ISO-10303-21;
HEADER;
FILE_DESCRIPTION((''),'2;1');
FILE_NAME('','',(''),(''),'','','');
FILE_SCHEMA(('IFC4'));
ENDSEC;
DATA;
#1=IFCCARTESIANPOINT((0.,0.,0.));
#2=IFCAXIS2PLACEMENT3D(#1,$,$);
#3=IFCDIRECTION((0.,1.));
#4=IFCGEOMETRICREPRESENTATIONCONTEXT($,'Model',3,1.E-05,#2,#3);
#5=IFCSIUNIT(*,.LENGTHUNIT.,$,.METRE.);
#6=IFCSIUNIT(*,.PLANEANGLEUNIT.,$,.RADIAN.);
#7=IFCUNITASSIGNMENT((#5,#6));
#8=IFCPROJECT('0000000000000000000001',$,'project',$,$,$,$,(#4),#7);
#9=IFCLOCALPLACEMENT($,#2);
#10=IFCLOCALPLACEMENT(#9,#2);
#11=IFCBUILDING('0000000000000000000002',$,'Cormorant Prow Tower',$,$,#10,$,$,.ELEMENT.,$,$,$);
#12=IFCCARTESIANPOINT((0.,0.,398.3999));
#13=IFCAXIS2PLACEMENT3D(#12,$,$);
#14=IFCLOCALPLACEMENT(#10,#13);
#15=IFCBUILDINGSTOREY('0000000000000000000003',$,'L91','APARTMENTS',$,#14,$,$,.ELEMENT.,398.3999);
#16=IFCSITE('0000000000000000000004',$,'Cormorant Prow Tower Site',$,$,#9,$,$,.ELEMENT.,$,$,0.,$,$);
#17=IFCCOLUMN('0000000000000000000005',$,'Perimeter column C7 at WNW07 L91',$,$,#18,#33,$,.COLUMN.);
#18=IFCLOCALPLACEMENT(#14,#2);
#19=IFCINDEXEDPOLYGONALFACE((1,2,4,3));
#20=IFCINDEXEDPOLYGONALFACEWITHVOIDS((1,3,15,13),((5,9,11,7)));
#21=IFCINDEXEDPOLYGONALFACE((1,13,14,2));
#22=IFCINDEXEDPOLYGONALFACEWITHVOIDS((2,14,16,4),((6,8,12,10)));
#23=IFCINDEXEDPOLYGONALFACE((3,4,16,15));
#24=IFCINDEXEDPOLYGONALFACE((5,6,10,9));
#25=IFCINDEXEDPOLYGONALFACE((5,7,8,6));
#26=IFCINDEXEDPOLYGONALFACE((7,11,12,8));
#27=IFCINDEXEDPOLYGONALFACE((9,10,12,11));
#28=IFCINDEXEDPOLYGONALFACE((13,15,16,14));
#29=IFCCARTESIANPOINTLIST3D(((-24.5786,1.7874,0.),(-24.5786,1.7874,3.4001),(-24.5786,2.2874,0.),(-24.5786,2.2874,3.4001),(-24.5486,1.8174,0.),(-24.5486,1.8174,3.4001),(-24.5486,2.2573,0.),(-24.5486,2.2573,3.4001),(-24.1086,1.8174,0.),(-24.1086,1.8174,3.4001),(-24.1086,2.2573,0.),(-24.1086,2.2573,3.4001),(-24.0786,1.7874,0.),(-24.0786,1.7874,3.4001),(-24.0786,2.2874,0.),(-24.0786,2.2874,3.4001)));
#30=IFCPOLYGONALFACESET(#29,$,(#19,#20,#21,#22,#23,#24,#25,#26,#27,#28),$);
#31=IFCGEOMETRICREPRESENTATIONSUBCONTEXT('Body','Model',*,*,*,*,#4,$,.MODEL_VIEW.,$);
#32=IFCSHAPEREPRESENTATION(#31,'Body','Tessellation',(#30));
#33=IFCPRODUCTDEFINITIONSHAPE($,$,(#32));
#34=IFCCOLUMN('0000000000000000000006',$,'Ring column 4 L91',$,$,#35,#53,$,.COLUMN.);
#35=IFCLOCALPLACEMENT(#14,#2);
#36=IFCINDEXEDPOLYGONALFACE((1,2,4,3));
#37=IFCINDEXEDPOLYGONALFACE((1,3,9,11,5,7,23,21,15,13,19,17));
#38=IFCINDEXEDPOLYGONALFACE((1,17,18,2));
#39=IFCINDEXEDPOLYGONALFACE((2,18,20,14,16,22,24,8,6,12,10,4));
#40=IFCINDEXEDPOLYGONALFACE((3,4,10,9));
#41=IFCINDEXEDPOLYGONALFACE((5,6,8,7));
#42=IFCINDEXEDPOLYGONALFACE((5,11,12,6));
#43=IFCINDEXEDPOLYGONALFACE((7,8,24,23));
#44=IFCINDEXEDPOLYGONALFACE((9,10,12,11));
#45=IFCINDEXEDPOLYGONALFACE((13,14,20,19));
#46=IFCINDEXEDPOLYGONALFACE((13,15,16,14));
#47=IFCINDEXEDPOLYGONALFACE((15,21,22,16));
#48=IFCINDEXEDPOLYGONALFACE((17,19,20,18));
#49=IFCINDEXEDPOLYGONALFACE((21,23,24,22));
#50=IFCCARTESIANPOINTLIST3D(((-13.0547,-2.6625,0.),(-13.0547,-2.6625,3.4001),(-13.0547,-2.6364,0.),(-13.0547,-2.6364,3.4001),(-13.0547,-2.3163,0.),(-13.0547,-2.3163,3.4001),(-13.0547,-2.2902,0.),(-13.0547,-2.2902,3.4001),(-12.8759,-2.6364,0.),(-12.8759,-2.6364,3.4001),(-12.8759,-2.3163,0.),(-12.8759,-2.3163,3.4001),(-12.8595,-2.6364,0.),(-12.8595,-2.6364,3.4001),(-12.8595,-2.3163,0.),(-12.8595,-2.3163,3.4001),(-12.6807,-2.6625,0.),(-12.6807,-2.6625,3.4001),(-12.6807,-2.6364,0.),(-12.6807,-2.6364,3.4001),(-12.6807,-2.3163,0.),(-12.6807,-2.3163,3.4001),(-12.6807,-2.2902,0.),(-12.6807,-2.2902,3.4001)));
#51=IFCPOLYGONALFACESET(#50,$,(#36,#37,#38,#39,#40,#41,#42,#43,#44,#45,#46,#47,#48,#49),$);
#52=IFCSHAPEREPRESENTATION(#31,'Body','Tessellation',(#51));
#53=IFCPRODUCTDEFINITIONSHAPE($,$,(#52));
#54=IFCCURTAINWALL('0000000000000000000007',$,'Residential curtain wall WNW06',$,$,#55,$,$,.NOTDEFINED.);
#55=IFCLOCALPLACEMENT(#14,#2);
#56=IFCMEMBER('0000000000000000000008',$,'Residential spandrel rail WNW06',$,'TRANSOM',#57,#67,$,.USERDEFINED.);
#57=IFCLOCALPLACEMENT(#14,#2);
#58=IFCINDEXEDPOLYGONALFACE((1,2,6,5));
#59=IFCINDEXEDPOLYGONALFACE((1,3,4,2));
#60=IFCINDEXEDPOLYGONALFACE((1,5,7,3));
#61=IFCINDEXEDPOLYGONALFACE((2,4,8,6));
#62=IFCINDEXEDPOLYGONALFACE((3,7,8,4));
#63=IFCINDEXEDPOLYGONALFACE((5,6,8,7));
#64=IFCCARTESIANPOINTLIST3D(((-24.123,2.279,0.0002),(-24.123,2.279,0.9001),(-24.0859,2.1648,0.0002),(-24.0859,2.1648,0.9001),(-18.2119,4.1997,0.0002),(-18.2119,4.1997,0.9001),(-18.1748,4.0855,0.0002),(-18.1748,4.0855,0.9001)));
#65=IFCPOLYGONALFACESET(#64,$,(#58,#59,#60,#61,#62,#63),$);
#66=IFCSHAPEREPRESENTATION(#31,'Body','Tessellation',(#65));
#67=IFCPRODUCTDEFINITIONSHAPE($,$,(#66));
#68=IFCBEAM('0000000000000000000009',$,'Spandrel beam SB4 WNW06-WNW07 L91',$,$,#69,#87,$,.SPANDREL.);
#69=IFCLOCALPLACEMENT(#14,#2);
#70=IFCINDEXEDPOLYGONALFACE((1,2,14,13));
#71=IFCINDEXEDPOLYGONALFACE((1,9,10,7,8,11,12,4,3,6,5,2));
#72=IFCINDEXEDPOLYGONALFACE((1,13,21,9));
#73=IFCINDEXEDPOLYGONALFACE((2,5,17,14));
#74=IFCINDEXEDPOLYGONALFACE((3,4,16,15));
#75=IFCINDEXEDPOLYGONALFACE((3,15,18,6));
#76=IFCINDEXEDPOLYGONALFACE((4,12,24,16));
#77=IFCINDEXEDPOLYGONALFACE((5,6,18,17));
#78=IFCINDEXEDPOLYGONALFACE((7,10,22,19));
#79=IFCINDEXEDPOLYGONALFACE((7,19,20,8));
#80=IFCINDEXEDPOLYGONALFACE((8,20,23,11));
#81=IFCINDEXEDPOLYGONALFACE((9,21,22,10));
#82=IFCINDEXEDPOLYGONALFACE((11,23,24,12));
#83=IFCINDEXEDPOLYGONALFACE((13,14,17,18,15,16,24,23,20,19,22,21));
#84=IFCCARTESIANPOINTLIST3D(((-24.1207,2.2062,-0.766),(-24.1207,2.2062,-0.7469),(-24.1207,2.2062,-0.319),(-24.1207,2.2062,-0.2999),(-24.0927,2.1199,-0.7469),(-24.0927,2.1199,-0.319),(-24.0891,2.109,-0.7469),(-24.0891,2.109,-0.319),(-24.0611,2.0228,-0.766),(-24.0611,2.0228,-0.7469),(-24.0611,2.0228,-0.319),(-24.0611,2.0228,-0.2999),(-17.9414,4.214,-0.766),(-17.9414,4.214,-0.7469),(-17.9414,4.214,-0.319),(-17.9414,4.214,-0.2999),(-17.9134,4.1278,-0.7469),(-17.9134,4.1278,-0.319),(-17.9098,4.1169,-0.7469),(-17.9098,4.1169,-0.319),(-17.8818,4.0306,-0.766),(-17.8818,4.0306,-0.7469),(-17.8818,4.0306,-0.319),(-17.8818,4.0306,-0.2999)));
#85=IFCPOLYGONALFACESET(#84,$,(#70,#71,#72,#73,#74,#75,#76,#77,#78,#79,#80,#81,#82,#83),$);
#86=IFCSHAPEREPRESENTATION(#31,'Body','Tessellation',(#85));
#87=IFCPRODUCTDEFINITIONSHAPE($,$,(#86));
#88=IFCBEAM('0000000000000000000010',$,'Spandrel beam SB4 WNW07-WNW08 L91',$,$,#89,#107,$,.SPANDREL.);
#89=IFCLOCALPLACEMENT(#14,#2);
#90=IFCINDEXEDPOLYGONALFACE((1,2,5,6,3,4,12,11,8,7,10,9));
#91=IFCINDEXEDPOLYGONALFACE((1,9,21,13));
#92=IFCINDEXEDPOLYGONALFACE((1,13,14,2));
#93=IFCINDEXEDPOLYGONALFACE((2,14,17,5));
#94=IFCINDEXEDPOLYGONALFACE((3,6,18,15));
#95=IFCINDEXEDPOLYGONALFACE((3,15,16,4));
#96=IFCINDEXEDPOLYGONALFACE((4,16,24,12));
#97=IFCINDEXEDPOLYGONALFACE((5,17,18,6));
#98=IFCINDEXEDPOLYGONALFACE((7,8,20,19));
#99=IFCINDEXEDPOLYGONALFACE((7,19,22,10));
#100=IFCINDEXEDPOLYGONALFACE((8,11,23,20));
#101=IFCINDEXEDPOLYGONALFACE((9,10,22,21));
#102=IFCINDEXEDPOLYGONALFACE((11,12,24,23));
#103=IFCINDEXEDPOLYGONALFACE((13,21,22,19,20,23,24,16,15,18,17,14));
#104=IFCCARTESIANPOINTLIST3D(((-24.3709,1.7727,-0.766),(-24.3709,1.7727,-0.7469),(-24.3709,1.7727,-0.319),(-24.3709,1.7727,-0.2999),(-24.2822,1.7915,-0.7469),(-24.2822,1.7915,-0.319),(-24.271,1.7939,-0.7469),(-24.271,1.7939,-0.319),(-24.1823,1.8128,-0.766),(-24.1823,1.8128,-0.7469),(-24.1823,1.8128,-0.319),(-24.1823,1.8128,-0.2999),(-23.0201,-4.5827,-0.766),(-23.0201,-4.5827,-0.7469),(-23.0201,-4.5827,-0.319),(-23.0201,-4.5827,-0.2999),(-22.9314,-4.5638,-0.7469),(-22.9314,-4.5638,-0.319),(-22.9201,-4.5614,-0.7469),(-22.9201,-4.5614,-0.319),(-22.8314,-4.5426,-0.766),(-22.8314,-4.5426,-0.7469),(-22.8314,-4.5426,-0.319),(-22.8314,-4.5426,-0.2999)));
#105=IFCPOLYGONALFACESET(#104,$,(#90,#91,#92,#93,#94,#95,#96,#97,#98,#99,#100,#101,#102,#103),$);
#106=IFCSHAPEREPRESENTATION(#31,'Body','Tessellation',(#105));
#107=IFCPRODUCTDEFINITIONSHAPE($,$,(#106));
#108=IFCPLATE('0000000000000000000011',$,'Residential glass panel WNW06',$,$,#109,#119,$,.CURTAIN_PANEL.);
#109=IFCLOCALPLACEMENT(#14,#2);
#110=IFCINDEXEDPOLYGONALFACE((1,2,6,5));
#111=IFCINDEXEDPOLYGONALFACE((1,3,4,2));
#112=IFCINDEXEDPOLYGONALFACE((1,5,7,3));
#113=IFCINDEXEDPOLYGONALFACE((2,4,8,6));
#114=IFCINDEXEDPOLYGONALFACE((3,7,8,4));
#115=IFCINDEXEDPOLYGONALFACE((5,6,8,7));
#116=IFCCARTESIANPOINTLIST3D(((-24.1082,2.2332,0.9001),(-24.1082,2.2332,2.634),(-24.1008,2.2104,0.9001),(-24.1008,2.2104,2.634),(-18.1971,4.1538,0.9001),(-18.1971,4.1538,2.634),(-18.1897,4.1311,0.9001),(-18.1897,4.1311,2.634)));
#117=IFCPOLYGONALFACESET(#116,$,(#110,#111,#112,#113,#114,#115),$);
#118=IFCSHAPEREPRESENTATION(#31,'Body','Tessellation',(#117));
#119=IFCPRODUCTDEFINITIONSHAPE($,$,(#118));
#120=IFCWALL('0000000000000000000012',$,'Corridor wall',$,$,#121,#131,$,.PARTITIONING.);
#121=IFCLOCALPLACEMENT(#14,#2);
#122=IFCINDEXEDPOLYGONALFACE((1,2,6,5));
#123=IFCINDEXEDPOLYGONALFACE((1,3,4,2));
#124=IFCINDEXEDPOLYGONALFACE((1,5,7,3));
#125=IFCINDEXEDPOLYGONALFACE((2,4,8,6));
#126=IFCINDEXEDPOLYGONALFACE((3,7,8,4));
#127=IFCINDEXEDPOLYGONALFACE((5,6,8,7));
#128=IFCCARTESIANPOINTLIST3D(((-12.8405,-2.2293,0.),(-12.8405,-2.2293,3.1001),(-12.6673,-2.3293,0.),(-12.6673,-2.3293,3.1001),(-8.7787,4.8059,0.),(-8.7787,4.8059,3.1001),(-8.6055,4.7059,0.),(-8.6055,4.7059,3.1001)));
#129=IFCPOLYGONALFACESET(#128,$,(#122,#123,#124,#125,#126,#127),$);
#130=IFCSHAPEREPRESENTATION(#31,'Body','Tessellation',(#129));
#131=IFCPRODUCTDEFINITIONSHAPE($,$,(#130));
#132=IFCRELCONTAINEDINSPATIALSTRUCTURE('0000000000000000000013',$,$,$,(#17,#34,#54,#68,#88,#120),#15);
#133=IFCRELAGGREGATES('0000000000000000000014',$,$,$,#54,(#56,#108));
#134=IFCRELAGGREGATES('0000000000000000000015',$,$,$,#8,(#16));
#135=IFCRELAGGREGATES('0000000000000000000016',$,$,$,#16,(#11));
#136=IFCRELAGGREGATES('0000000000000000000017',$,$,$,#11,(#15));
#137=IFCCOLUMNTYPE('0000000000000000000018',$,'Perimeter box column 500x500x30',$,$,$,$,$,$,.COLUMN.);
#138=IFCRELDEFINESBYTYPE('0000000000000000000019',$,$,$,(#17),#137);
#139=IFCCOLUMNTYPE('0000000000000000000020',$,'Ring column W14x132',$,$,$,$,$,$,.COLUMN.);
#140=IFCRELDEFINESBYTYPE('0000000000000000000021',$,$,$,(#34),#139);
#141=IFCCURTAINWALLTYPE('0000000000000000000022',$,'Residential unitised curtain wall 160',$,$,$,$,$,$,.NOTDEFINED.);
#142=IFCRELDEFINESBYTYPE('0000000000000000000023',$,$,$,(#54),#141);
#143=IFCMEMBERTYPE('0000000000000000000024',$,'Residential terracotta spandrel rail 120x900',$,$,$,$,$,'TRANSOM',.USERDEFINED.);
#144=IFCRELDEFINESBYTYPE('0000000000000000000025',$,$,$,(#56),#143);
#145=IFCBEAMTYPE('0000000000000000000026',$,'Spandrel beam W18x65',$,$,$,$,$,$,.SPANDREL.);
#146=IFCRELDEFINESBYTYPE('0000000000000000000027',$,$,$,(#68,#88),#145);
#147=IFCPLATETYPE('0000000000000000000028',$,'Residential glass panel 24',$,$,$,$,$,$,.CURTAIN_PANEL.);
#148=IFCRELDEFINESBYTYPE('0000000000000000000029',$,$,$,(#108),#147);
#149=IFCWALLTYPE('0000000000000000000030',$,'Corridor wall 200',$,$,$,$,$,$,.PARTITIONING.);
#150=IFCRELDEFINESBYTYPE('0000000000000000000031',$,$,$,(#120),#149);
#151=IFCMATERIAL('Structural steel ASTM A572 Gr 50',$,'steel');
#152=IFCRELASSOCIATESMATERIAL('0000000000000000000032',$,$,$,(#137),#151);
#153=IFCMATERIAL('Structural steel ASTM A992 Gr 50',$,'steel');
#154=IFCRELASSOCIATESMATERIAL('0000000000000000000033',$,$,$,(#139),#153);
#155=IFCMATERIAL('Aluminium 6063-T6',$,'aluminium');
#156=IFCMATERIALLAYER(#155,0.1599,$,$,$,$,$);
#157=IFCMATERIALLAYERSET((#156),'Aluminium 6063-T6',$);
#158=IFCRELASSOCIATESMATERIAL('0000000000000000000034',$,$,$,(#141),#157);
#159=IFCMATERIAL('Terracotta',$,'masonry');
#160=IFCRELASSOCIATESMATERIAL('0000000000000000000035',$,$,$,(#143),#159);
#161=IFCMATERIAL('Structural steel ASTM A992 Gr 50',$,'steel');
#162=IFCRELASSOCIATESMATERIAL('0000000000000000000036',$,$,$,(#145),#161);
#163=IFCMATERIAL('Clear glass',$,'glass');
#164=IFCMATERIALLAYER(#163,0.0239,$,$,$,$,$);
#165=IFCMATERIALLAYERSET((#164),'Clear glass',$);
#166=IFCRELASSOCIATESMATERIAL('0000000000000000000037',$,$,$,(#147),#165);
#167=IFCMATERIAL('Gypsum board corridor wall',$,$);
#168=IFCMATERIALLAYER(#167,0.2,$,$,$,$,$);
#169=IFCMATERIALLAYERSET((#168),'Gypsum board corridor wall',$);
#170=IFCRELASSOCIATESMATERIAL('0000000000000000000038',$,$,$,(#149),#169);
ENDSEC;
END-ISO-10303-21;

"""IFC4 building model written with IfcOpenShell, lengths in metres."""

from ifc_helpers import new_model, si_unit, direction, frame, frame_2d, origin, origin_2d, place, context, subcontext, project, spatial, rectangle, hollow_rectangle, i_section, extrude, material, layer, layer_set, material_profile, profile_set, type_object, element, aggregate, save


model = new_model("IFC4")

# Units and contexts
model_context = context("Model", 3, precision=1e-05, world=origin(), true_north=direction((0.0, 1.0)))
body_context = subcontext(model_context, "Body", "Model", "MODEL_VIEW")
ifc_project = project(units=[si_unit("LENGTHUNIT", "METRE"), si_unit("PLANEANGLEUNIT", "RADIAN")], contexts=[model_context])

# Site, building, storey
site_placement = place(None, origin())
site = spatial("IfcSite", under=ifc_project, at=site_placement, Name="Cormorant Prow Tower Site", CompositionType="ELEMENT", RefElevation=0.0)
building_placement = place(site_placement, origin())
building = spatial("IfcBuilding", under=site, at=building_placement, Name="Cormorant Prow Tower", CompositionType="ELEMENT")
storey_placement = place(building_placement, frame((0.0, 0.0, 398.3999)))
storey = spatial("IfcBuildingStorey", under=building, at=storey_placement, Name="L91", Description="APARTMENTS", CompositionType="ELEMENT", Elevation=398.3999)

# Columns
ifc_material_1 = material(Name="Structural steel ASTM A572 Gr 50", Category="steel")
ifc_material_profile_1 = material_profile(ifc_material_1, hollow_rectangle(XDim=0.5, YDim=0.5, WallThickness=0.03, at=origin_2d()), Name="Box 500x500x30")
ifc_profile_set_1 = profile_set([ifc_material_profile_1], Name="Structural steel ASTM A572 Gr 50")
column_type_1 = type_object("IfcColumnType", Name="Perimeter box column 500x500x30", PredefinedType="COLUMN", material=ifc_profile_set_1)
column_1_placement = place(storey_placement, frame((-24.3286, 2.0374, 0.0), z_axis=(0.0, 0.0, 1.0), x_axis=(1.0, 0.0, 0.0)))
element("IfcColumn", 1, at=column_1_placement, inside=storey, type_object=column_type_1, Name="Perimeter column C7 at WNW07 L91", PredefinedType="COLUMN", context=body_context, shape_type="SweptSolid", body=[
    extrude(hollow_rectangle(XDim=0.5, YDim=0.5, WallThickness=0.03, at=origin_2d()), origin(), (0.0, 0.0, 1.0), 3.4001),
])
ifc_material_2 = material(Name="Structural steel ASTM A992 Gr 50", Category="steel")
ifc_material_profile_2 = material_profile(ifc_material_2, i_section(OverallWidth=0.374, OverallDepth=0.3723, WebThickness=0.0164, FlangeThickness=0.0261, at=origin_2d()), Name="W14x132")
ifc_profile_set_2 = profile_set([ifc_material_profile_2], Name="Structural steel ASTM A992 Gr 50")
column_type_2 = type_object("IfcColumnType", Name="Ring column W14x132", PredefinedType="COLUMN", material=ifc_profile_set_2)
column_2_placement = place(storey_placement, frame((-12.8677, -2.4763, 0.0), z_axis=(0.0, 0.0, 1.0), x_axis=(1.0, 0.0, 0.0)))
element("IfcColumn", 2, at=column_2_placement, inside=storey, type_object=column_type_2, Name="Ring column 4 L91", PredefinedType="COLUMN", context=body_context, shape_type="SweptSolid", body=[
    extrude(i_section(OverallWidth=0.374, OverallDepth=0.3723, WebThickness=0.0164, FlangeThickness=0.0261, at=origin_2d()), origin(), (0.0, 0.0, 1.0), 3.4001),
])

# Curtain wall, member
ifc_material_3 = material(Name="Aluminium 6063-T6", Category="aluminium")
ifc_layer_1 = layer(ifc_material_3, 0.1599)
ifc_layer_set_1 = layer_set([ifc_layer_1], Name="Aluminium 6063-T6")
curtain_wall_type = type_object("IfcCurtainWallType", Name="Residential unitised curtain wall 160", PredefinedType="NOTDEFINED", material=ifc_layer_set_1)
curtain_wall_placement = place(storey_placement, origin())
curtain_wall = element("IfcCurtainWall", 3, at=curtain_wall_placement, inside=storey, type_object=curtain_wall_type, Name="Residential curtain wall WNW06", PredefinedType="NOTDEFINED")
ifc_material_4 = material(Name="Terracotta", Category="masonry")
ifc_material_profile_3 = material_profile(ifc_material_4, rectangle(XDim=0.1201, YDim=0.8999, at=origin_2d()), Name="Residential terracotta spandrel rail 120x900")
ifc_profile_set_3 = profile_set([ifc_material_profile_3], Name="Terracotta")
member_type = type_object("IfcMemberType", Name="Residential terracotta spandrel rail 120x900", ElementType="TRANSOM", PredefinedType="USERDEFINED", material=ifc_profile_set_3)
member_placement = place(storey_placement, frame((-18.1934, 4.1426, 0.4502), z_axis=(-0.951056, -0.309019, 0.0), x_axis=(0.309019, -0.951056, 0.0)))
member = element("IfcMember", 4, at=member_placement, type_object=member_type, Name="Residential spandrel rail WNW06", ObjectType="TRANSOM", PredefinedType="USERDEFINED", context=body_context, shape_type="SweptSolid", body=[
    extrude(rectangle(XDim=0.1201, YDim=0.8999, at=origin_2d()), origin(), (0.0, 0.0, 1.0), 6.2153),
])

# Beams
ifc_material_5 = material(Name="Structural steel ASTM A992 Gr 50", Category="steel")
ifc_material_profile_4 = material_profile(ifc_material_5, i_section(OverallWidth=0.1929, OverallDepth=0.4661, WebThickness=0.0115, FlangeThickness=0.019, at=origin_2d()), Name="W18x65")
ifc_profile_set_4 = profile_set([ifc_material_profile_4], Name="Structural steel ASTM A992 Gr 50")
beam_type = type_object("IfcBeamType", Name="Spandrel beam W18x65", PredefinedType="SPANDREL", material=ifc_profile_set_4)
for number, where, z_axis, x_axis, name in (
    (5, (-17.9116, 4.1223, -0.533), (-0.951053, -0.309027, 0.0), (0.309027, -0.951053, 0.0), "Spandrel beam SB4 WNW06-WNW07 L91"),
    (6, (-24.2766, 1.7927, -0.533), (0.20791, -0.978148, 0.0), (0.978148, 0.20791, 0.0), "Spandrel beam SB4 WNW07-WNW08 L91"),
):
    element("IfcBeam", number, at=place(storey_placement, frame(where, z_axis=z_axis, x_axis=x_axis)), inside=storey, type_object=beam_type, Name=name, PredefinedType="SPANDREL", context=body_context, shape_type="SweptSolid", body=[
        extrude(i_section(OverallWidth=0.1929, OverallDepth=0.4661, WebThickness=0.0115, FlangeThickness=0.019, at=origin_2d()), origin(), (0.0, 0.0, 1.0), 6.4973),
    ])

# Plate
ifc_material_6 = material(Name="Clear glass", Category="glass")
ifc_layer_2 = layer(ifc_material_6, 0.0239)
ifc_layer_set_2 = layer_set([ifc_layer_2], Name="Clear glass")
plate_type = type_object("IfcPlateType", Name="Residential glass panel 24", PredefinedType="CURTAIN_PANEL", material=ifc_layer_set_2)
plate_placement = place(storey_placement, frame((-21.1489, 3.1821, 0.9001), z_axis=(0.0, 0.0, 1.0), x_axis=(-0.951056, -0.309017, 0.0)))
plate = element("IfcPlate", 7, at=plate_placement, type_object=plate_type, Name="Residential glass panel WNW06", PredefinedType="CURTAIN_PANEL", context=body_context, shape_type="SweptSolid", body=[
    extrude(rectangle(XDim=6.2153, YDim=0.0239, at=origin_2d()), origin(), (0.0, 0.0, 1.0), 1.7339),
])
aggregate(curtain_wall, [member, plate])

# Wall
ifc_material_7 = material(Name="Gypsum board corridor wall")
ifc_layer_3 = layer(ifc_material_7, 0.2)
ifc_layer_set_3 = layer_set([ifc_layer_3], Name="Gypsum board corridor wall")
wall_type_1 = type_object("IfcWallType", Name="Corridor wall 200", PredefinedType="PARTITIONING", material=ifc_layer_set_3)
wall_1_placement = place(storey_placement, frame((-12.7539, -2.2793, 0.0), z_axis=(0.0, 0.0, 1.0), x_axis=(0.500002, 0.866024, 0.0)))
element("IfcWall", 8, at=wall_1_placement, inside=storey, type_object=wall_type_1, Name="Corridor wall", PredefinedType="PARTITIONING", context=body_context, shape_type="SweptSolid", body=[
    extrude(rectangle(XDim=8.1235, YDim=0.2, at=frame_2d((4.0618, 0.0))), origin(), (0.0, 0.0, 1.0), 3.1001),
])

save(model, "model.ifc")
